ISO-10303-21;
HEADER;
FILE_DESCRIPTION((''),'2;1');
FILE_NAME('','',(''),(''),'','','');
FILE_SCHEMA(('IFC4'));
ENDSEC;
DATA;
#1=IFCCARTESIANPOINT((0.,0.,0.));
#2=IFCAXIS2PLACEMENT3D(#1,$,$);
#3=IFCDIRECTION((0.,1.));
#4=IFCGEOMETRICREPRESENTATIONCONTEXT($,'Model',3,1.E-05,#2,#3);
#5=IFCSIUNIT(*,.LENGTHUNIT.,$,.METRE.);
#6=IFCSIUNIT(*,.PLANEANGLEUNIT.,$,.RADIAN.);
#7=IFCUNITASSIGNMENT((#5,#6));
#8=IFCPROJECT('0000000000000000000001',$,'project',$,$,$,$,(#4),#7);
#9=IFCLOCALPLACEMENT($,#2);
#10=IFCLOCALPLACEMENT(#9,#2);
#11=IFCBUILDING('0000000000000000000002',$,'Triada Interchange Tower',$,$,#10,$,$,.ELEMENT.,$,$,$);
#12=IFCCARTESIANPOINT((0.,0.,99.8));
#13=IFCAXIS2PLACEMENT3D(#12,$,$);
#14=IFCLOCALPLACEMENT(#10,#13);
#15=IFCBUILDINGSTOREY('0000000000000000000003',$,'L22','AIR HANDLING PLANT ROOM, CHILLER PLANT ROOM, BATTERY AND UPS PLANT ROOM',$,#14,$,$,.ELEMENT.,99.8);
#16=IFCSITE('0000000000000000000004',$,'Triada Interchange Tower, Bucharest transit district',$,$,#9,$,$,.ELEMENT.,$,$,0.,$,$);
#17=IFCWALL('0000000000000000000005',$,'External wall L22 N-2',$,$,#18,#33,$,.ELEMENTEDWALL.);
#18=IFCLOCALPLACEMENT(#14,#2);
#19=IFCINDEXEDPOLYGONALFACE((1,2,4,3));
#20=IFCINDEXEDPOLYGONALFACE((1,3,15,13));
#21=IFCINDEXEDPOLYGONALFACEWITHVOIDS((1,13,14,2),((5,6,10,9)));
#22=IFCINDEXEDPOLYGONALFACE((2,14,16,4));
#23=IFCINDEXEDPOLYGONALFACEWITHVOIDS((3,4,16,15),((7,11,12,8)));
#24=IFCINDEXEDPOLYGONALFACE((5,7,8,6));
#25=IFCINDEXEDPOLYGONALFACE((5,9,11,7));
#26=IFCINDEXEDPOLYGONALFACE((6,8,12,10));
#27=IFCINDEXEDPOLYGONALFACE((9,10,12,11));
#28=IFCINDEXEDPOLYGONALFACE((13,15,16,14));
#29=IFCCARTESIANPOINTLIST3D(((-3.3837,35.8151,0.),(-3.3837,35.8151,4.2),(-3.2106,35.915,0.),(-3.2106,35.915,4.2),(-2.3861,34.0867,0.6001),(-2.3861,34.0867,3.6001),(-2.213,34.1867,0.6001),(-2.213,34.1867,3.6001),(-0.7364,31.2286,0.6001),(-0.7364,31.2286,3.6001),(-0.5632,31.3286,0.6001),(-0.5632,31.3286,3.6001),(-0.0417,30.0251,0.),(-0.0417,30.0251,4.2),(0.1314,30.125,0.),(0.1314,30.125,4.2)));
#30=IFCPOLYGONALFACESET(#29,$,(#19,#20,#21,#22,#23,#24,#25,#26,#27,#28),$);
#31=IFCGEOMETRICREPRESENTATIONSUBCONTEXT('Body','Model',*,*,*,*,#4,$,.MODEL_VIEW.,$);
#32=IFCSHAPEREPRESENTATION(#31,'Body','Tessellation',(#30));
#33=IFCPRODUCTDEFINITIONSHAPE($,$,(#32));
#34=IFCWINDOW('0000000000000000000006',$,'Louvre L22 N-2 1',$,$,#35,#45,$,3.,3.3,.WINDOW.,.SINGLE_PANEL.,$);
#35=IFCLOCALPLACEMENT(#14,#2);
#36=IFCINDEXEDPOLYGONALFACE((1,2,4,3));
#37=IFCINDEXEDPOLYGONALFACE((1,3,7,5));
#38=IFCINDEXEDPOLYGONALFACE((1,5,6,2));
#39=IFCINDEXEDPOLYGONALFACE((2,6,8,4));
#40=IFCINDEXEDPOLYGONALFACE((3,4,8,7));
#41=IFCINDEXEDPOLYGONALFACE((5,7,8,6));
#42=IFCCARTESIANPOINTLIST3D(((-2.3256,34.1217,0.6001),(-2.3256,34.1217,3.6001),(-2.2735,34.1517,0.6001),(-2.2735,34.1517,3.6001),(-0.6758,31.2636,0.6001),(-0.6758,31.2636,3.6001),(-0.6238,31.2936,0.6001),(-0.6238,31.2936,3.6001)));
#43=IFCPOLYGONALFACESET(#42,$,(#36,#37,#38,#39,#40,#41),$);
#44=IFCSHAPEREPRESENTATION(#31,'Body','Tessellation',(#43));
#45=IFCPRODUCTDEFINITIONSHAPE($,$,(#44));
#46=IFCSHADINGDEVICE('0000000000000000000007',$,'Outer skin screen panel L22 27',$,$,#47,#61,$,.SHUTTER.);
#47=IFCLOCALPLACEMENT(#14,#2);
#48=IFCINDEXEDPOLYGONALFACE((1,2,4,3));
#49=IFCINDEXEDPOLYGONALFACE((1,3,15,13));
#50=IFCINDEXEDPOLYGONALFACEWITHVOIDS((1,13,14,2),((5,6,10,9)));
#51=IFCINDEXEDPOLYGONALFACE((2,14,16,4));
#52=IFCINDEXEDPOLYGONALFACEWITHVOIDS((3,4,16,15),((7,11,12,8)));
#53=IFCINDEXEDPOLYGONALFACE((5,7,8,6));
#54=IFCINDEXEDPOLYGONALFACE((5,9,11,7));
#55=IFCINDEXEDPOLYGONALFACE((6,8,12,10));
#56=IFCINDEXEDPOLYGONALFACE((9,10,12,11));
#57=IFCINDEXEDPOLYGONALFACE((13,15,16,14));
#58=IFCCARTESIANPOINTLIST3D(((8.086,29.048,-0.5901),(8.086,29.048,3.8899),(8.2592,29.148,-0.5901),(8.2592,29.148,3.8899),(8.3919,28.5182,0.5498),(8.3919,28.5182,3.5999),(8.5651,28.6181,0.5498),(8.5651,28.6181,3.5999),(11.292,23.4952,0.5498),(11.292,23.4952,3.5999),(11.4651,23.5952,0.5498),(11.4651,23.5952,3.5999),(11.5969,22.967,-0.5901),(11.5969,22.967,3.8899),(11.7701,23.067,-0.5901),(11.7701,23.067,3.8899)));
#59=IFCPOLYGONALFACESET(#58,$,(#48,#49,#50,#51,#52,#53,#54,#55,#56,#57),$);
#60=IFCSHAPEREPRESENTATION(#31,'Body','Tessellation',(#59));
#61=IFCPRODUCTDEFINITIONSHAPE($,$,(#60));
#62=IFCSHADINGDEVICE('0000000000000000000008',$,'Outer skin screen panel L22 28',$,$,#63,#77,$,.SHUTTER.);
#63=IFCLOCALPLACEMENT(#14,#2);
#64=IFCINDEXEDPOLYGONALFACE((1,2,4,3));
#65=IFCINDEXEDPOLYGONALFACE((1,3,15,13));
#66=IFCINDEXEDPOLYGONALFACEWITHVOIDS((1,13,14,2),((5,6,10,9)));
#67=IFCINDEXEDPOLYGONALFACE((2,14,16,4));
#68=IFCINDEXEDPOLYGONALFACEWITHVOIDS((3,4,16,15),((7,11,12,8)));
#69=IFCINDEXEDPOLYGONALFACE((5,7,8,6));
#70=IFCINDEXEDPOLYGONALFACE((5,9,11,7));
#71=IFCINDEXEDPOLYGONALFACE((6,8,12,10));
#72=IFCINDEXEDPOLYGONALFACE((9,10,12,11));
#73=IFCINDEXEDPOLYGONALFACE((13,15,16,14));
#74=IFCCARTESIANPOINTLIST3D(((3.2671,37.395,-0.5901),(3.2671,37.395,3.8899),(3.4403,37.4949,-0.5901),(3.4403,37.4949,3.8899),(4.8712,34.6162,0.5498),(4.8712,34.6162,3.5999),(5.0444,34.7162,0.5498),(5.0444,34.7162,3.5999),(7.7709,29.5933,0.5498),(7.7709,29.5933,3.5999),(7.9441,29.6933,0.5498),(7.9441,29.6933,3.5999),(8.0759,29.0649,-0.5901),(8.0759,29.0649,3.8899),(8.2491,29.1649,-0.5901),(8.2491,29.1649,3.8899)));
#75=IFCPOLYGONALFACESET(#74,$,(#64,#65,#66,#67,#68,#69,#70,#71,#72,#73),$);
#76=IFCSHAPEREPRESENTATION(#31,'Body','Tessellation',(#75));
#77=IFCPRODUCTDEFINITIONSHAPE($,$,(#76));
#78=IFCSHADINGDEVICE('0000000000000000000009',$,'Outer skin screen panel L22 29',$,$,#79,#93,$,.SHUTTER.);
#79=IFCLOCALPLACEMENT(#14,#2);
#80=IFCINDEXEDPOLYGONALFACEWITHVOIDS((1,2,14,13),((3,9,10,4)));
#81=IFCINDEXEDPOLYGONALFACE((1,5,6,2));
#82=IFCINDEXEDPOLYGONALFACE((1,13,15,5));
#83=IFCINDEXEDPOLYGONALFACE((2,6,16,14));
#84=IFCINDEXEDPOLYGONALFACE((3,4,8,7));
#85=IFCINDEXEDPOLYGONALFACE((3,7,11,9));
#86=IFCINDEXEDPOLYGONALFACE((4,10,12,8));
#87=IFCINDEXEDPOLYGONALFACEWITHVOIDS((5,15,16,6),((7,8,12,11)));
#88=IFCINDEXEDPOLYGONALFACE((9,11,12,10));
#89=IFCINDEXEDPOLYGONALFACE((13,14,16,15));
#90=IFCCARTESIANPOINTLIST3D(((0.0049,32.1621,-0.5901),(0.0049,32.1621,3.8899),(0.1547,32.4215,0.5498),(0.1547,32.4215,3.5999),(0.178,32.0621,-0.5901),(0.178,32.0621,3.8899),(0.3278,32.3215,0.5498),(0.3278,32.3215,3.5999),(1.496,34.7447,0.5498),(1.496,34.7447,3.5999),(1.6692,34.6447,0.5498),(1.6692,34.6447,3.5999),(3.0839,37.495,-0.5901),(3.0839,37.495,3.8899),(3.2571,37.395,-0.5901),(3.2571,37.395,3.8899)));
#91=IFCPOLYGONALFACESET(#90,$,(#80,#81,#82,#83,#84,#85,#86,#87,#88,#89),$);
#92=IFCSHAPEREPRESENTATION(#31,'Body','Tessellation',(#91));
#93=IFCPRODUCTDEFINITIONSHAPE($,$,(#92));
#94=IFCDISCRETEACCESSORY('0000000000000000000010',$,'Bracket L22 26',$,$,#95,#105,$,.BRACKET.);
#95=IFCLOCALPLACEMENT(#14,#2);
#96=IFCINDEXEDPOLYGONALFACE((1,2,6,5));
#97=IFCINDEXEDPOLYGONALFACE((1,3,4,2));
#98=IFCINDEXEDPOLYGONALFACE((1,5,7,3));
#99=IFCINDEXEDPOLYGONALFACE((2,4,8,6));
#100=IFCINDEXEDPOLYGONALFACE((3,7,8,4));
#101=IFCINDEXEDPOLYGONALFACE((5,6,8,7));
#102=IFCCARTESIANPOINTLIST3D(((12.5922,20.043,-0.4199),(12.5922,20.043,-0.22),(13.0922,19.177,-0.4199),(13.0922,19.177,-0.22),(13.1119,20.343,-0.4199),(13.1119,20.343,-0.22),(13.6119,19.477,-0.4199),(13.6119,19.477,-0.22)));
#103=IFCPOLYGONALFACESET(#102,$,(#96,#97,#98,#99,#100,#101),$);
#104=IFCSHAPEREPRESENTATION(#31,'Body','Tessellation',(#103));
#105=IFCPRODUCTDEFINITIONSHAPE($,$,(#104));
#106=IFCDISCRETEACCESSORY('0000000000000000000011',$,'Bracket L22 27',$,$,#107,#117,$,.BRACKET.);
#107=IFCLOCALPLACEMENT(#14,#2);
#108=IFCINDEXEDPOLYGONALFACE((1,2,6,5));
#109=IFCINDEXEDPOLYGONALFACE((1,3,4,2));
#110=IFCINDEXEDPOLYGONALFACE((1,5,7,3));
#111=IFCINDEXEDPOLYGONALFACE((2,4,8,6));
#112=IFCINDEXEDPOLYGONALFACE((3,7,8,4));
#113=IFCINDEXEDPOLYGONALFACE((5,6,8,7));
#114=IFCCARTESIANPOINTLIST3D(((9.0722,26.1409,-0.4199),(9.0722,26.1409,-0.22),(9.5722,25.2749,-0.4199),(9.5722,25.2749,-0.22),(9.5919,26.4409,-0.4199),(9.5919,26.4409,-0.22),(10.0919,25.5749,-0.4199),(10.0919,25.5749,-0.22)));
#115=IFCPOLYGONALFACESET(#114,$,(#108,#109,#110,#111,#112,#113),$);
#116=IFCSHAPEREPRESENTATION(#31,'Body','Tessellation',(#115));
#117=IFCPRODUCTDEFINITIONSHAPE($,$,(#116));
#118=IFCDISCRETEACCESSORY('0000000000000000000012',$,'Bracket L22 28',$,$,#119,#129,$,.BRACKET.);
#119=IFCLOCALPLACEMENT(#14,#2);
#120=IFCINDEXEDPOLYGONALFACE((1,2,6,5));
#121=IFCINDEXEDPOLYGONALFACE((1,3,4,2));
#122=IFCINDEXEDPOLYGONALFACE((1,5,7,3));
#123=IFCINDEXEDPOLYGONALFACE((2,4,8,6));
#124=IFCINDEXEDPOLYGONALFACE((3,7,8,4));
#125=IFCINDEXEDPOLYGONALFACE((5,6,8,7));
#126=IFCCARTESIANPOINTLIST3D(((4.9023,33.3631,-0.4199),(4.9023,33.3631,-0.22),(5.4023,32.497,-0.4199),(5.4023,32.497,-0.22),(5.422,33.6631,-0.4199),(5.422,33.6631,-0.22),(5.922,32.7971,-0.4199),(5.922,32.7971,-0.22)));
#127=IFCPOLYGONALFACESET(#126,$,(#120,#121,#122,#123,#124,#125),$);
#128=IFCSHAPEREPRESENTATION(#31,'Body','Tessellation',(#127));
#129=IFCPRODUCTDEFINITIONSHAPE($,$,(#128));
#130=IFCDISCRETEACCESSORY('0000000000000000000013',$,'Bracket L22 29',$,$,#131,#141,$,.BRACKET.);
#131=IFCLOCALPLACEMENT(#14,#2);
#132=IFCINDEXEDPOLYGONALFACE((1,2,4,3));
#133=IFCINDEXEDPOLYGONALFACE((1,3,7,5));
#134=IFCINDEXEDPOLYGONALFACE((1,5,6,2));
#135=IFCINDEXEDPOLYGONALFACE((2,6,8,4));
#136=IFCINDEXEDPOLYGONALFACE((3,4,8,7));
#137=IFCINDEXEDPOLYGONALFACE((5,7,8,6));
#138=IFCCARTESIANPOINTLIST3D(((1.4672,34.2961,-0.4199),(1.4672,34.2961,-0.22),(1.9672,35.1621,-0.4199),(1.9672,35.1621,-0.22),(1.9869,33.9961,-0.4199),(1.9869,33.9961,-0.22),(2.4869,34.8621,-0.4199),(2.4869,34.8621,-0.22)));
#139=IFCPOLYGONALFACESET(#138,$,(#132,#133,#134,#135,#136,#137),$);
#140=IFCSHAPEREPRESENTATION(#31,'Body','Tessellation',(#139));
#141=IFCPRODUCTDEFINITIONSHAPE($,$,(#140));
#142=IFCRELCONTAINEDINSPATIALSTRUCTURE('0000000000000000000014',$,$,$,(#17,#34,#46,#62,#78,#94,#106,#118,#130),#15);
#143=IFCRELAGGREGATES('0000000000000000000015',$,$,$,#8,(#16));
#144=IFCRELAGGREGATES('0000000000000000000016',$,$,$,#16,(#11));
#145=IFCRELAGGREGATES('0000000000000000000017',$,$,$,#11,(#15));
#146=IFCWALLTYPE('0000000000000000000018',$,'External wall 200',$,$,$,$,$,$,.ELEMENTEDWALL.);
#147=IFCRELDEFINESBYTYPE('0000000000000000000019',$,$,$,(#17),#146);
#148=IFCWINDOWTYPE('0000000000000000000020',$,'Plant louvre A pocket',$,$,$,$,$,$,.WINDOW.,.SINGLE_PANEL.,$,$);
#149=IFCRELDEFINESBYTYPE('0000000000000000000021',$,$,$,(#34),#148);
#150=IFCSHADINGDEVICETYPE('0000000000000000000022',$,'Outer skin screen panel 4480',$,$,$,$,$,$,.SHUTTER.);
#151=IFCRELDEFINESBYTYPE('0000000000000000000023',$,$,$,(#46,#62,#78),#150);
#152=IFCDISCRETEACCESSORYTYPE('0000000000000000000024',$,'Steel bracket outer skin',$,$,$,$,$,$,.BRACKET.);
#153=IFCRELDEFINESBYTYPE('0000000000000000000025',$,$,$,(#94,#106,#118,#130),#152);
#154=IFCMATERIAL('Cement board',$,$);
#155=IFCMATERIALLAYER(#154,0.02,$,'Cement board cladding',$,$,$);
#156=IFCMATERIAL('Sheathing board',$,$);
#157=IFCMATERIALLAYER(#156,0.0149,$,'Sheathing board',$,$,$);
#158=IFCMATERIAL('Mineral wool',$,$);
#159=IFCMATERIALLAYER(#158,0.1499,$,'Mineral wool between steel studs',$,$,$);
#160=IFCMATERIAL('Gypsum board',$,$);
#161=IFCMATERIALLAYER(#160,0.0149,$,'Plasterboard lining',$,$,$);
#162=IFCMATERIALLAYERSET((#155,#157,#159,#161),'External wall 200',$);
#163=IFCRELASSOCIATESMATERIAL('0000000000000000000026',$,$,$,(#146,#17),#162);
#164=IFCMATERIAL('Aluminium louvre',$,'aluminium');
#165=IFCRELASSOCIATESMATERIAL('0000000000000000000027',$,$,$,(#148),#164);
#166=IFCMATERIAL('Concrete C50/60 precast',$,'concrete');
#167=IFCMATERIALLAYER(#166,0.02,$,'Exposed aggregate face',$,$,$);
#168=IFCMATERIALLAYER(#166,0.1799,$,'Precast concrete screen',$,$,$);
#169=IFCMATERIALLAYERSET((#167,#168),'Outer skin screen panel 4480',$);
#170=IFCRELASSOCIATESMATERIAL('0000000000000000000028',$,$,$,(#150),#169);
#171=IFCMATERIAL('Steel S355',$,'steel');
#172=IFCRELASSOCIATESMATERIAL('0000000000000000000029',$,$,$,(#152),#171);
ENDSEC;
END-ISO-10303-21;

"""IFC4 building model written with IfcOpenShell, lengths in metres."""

from ifc_helpers import new_model, si_unit, direction, frame, frame_2d, origin, origin_2d, place, context, subcontext, project, spatial, polyline, rectangle, outline, extrude, material, layer, layer_set, layer_usage, type_object, element, fill, save


model = new_model("IFC4")

# Units and contexts
model_context = context("Model", 3, precision=1e-05, world=origin(), true_north=direction((0.0, 1.0)))
body_context = subcontext(model_context, "Body", "Model", "MODEL_VIEW")
ifc_project = project(units=[si_unit("LENGTHUNIT", "METRE"), si_unit("PLANEANGLEUNIT", "RADIAN")], contexts=[model_context])

# Site, building, storey
site_placement = place(None, origin())
site = spatial("IfcSite", under=ifc_project, at=site_placement, Name="Triada Interchange Tower, Bucharest transit district", CompositionType="ELEMENT", RefElevation=0.0)
building_placement = place(site_placement, origin())
building = spatial("IfcBuilding", under=site, at=building_placement, Name="Triada Interchange Tower", CompositionType="ELEMENT")
storey_placement = place(building_placement, frame((0.0, 0.0, 99.8)))
storey = spatial("IfcBuildingStorey", under=building, at=storey_placement, Name="L22", Description="AIR HANDLING PLANT ROOM, CHILLER PLANT ROOM, BATTERY AND UPS PLANT ROOM", CompositionType="ELEMENT", Elevation=99.8)

# Shared definitions
ifc_material_1 = material(Name="Steel S355", Category="steel")

# Wall, opening, window
ifc_material_2 = material(Name="Cement board")
ifc_layer_1 = layer(ifc_material_2, 0.02, Name="Cement board cladding")
ifc_material_3 = material(Name="Sheathing board")
ifc_layer_2 = layer(ifc_material_3, 0.0149, Name="Sheathing board")
ifc_material_4 = material(Name="Mineral wool")
ifc_layer_3 = layer(ifc_material_4, 0.1499, Name="Mineral wool between steel studs")
ifc_material_5 = material(Name="Gypsum board")
ifc_layer_4 = layer(ifc_material_5, 0.0149, Name="Plasterboard lining")
ifc_layer_set_1 = layer_set([ifc_layer_1, ifc_layer_2, ifc_layer_3, ifc_layer_4], Name="External wall 200")
ifc_layer_usage = layer_usage(ifc_layer_set_1, "AXIS2", "POSITIVE", -0.1001)
wall_type = type_object("IfcWallType", Name="External wall 200", PredefinedType="ELEMENTEDWALL", material=ifc_layer_set_1)
ifc_material_6 = material(Name="Aluminium louvre", Category="aluminium")
window_type = type_object("IfcWindowType", Name="Plant louvre A pocket", PartitioningType="SINGLE_PANEL", PredefinedType="WINDOW", material=ifc_material_6)
wall_1_placement = place(storey_placement, frame((0.0449, 30.075, 0.0), z_axis=(0.0, 0.0, 1.0), x_axis=(-0.499906, 0.86608, 0.0)))
wall_1 = element("IfcWall", 1, at=wall_1_placement, inside=storey, type_object=wall_type, material=ifc_layer_usage, Name="External wall L22 N-2", PredefinedType="ELEMENTEDWALL", context=body_context, shape_type="SweptSolid", body=[
    extrude(rectangle(XDim=6.6853, YDim=0.2, at=frame_2d((3.3428, 0.0))), origin(), (0.0, 0.0, 1.0), 4.2),
])
opening_1_placement = place(wall_1_placement, frame((1.3899, 0.0, 0.6001)))
opening_1 = element("IfcOpeningElement", 2, at=opening_1_placement, cuts=wall_1, PredefinedType="OPENING", context=body_context, shape_type="SweptSolid", body=[
    extrude(rectangle(XDim=3.3, YDim=3.0, at=frame_2d((1.6499, 1.5))), frame((0.0, 0.1099, 0.0), z_axis=(0.0, -1.0, 0.0), x_axis=(1.0, 0.0, 0.0)), (0.0, 0.0, 1.0), 0.22),
])
window_1_placement = place(opening_1_placement, origin())
window_1 = element("IfcWindow", 3, at=window_1_placement, inside=storey, type_object=window_type, Name="Louvre L22 N-2 1", OverallHeight=3.0, OverallWidth=3.3, PartitioningType="SINGLE_PANEL", PredefinedType="WINDOW", context=body_context, shape_type="SweptSolid", body=[
    extrude(rectangle(XDim=3.3, YDim=3.0, at=frame_2d((1.6499, 1.5))), frame((0.0, 0.03, 0.0), z_axis=(0.0, -1.0, 0.0), x_axis=(1.0, 0.0, 0.0)), (0.0, 0.0, 1.0), 0.0601),
])
fill(opening_1, window_1)

# Shading devices
ifc_material_7 = material(Name="Concrete C50/60 precast", Category="concrete")
ifc_layer_5 = layer(ifc_material_7, 0.02, Name="Exposed aggregate face")
ifc_layer_6 = layer(ifc_material_7, 0.1799, Name="Precast concrete screen")
ifc_layer_set_2 = layer_set([ifc_layer_5, ifc_layer_6], Name="Outer skin screen panel 4480")
shading_device_type = type_object("IfcShadingDeviceType", Name="Outer skin screen panel 4480", PredefinedType="SHUTTER", material=ifc_layer_set_2)
shading_device_1_placement = place(storey_placement, frame((11.5969, 22.967, -0.5901), z_axis=(0.0, 0.0, 1.0), x_axis=(-0.500009, 0.86602, 0.0)))
element("IfcShadingDevice", 4, at=shading_device_1_placement, inside=storey, type_object=shading_device_type, Name="Outer skin screen panel L22 27", PredefinedType="SHUTTER", context=body_context, shape_type="SweptSolid", body=[
    extrude(outline(polyline([(0.0, 0.0), (7.0217, 0.0), (7.0217, 4.48), (0.0, 4.48), (0.0, 0.0)]), holes=[polyline([(0.6099, 1.1399), (0.6099, 4.1899), (6.4099, 4.1899), (6.4099, 1.1399), (0.6099, 1.1399)])]), frame((0.0, 0.0, 0.0), z_axis=(0.0, -1.0, 0.0), x_axis=(1.0, 0.0, 0.0)), (0.0, 0.0, 1.0), 0.2),
])
shading_device_2_placement = place(storey_placement, frame((8.0759, 29.0649, -0.5901), z_axis=(0.0, 0.0, 1.0), x_axis=(-0.499958, 0.866049, 0.0)))
element("IfcShadingDevice", 5, at=shading_device_2_placement, inside=storey, type_object=shading_device_type, Name="Outer skin screen panel L22 28", PredefinedType="SHUTTER", context=body_context, shape_type="SweptSolid", body=[
    extrude(outline(polyline([(0.0, 0.0), (9.6184, 0.0), (9.6184, 4.48), (0.0, 4.48), (0.0, 0.0)]), holes=[polyline([(0.6101, 1.1399), (0.6101, 4.1899), (6.4099, 4.1899), (6.4099, 1.1399), (0.6101, 1.1399)])]), frame((0.0, 0.0, 0.0), z_axis=(0.0, -1.0, 0.0), x_axis=(1.0, 0.0, 0.0)), (0.0, 0.0, 1.0), 0.2),
])
shading_device_3_placement = place(storey_placement, frame((3.2571, 37.395, -0.5901), z_axis=(0.0, 0.0, 1.0), x_axis=(-0.500011, -0.866019, 0.0)))
element("IfcShadingDevice", 6, at=shading_device_3_placement, inside=storey, type_object=shading_device_type, Name="Outer skin screen panel L22 29", PredefinedType="SHUTTER", context=body_context, shape_type="SweptSolid", body=[
    extrude(outline(polyline([(0.0, 0.0), (6.158, 0.0), (6.158, 4.48), (0.0, 4.48), (0.0, 0.0)]), holes=[polyline([(3.1758, 1.1399), (3.1758, 4.1899), (5.8584, 4.1899), (5.8584, 1.1399), (3.1758, 1.1399)])]), frame((0.0, 0.0, 0.0), z_axis=(0.0, -1.0, 0.0), x_axis=(1.0, 0.0, 0.0)), (0.0, 0.0, 1.0), 0.2),
])

# Discrete accessories
discrete_accessory_type = type_object("IfcDiscreteAccessoryType", Name="Steel bracket outer skin", PredefinedType="BRACKET", material=ifc_material_1)
for number, where, z_axis, x_axis, name in (
    (7, (13.1021, 19.76, -0.4199), (0.0, 0.0, 1.0), (0.86603, 0.499993, 0.0), "Bracket L22 26"),
    (8, (9.582, 25.8579, -0.4199), (0.0, 0.0, 1.0), (0.86603, 0.499993, 0.0), "Bracket L22 27"),
    (9, (5.4121, 33.0801, -0.4199), (0.0, 0.0, 1.0), (0.86603, 0.499993, 0.0), "Bracket L22 28"),
    (10, (1.9771, 34.5791, -0.4199), (0.0, 0.0, 1.0), (-0.866066, 0.49993, 0.0), "Bracket L22 29"),
):
    element("IfcDiscreteAccessory", number, at=place(storey_placement, frame(where, z_axis=z_axis, x_axis=x_axis)), inside=storey, type_object=discrete_accessory_type, Name=name, PredefinedType="BRACKET", context=body_context, shape_type="SweptSolid", body=[
        extrude(rectangle(XDim=0.6001, YDim=1.0, at=origin_2d()), origin(), (0.0, 0.0, 1.0), 0.2),
    ])

save(model, "model.ifc")
